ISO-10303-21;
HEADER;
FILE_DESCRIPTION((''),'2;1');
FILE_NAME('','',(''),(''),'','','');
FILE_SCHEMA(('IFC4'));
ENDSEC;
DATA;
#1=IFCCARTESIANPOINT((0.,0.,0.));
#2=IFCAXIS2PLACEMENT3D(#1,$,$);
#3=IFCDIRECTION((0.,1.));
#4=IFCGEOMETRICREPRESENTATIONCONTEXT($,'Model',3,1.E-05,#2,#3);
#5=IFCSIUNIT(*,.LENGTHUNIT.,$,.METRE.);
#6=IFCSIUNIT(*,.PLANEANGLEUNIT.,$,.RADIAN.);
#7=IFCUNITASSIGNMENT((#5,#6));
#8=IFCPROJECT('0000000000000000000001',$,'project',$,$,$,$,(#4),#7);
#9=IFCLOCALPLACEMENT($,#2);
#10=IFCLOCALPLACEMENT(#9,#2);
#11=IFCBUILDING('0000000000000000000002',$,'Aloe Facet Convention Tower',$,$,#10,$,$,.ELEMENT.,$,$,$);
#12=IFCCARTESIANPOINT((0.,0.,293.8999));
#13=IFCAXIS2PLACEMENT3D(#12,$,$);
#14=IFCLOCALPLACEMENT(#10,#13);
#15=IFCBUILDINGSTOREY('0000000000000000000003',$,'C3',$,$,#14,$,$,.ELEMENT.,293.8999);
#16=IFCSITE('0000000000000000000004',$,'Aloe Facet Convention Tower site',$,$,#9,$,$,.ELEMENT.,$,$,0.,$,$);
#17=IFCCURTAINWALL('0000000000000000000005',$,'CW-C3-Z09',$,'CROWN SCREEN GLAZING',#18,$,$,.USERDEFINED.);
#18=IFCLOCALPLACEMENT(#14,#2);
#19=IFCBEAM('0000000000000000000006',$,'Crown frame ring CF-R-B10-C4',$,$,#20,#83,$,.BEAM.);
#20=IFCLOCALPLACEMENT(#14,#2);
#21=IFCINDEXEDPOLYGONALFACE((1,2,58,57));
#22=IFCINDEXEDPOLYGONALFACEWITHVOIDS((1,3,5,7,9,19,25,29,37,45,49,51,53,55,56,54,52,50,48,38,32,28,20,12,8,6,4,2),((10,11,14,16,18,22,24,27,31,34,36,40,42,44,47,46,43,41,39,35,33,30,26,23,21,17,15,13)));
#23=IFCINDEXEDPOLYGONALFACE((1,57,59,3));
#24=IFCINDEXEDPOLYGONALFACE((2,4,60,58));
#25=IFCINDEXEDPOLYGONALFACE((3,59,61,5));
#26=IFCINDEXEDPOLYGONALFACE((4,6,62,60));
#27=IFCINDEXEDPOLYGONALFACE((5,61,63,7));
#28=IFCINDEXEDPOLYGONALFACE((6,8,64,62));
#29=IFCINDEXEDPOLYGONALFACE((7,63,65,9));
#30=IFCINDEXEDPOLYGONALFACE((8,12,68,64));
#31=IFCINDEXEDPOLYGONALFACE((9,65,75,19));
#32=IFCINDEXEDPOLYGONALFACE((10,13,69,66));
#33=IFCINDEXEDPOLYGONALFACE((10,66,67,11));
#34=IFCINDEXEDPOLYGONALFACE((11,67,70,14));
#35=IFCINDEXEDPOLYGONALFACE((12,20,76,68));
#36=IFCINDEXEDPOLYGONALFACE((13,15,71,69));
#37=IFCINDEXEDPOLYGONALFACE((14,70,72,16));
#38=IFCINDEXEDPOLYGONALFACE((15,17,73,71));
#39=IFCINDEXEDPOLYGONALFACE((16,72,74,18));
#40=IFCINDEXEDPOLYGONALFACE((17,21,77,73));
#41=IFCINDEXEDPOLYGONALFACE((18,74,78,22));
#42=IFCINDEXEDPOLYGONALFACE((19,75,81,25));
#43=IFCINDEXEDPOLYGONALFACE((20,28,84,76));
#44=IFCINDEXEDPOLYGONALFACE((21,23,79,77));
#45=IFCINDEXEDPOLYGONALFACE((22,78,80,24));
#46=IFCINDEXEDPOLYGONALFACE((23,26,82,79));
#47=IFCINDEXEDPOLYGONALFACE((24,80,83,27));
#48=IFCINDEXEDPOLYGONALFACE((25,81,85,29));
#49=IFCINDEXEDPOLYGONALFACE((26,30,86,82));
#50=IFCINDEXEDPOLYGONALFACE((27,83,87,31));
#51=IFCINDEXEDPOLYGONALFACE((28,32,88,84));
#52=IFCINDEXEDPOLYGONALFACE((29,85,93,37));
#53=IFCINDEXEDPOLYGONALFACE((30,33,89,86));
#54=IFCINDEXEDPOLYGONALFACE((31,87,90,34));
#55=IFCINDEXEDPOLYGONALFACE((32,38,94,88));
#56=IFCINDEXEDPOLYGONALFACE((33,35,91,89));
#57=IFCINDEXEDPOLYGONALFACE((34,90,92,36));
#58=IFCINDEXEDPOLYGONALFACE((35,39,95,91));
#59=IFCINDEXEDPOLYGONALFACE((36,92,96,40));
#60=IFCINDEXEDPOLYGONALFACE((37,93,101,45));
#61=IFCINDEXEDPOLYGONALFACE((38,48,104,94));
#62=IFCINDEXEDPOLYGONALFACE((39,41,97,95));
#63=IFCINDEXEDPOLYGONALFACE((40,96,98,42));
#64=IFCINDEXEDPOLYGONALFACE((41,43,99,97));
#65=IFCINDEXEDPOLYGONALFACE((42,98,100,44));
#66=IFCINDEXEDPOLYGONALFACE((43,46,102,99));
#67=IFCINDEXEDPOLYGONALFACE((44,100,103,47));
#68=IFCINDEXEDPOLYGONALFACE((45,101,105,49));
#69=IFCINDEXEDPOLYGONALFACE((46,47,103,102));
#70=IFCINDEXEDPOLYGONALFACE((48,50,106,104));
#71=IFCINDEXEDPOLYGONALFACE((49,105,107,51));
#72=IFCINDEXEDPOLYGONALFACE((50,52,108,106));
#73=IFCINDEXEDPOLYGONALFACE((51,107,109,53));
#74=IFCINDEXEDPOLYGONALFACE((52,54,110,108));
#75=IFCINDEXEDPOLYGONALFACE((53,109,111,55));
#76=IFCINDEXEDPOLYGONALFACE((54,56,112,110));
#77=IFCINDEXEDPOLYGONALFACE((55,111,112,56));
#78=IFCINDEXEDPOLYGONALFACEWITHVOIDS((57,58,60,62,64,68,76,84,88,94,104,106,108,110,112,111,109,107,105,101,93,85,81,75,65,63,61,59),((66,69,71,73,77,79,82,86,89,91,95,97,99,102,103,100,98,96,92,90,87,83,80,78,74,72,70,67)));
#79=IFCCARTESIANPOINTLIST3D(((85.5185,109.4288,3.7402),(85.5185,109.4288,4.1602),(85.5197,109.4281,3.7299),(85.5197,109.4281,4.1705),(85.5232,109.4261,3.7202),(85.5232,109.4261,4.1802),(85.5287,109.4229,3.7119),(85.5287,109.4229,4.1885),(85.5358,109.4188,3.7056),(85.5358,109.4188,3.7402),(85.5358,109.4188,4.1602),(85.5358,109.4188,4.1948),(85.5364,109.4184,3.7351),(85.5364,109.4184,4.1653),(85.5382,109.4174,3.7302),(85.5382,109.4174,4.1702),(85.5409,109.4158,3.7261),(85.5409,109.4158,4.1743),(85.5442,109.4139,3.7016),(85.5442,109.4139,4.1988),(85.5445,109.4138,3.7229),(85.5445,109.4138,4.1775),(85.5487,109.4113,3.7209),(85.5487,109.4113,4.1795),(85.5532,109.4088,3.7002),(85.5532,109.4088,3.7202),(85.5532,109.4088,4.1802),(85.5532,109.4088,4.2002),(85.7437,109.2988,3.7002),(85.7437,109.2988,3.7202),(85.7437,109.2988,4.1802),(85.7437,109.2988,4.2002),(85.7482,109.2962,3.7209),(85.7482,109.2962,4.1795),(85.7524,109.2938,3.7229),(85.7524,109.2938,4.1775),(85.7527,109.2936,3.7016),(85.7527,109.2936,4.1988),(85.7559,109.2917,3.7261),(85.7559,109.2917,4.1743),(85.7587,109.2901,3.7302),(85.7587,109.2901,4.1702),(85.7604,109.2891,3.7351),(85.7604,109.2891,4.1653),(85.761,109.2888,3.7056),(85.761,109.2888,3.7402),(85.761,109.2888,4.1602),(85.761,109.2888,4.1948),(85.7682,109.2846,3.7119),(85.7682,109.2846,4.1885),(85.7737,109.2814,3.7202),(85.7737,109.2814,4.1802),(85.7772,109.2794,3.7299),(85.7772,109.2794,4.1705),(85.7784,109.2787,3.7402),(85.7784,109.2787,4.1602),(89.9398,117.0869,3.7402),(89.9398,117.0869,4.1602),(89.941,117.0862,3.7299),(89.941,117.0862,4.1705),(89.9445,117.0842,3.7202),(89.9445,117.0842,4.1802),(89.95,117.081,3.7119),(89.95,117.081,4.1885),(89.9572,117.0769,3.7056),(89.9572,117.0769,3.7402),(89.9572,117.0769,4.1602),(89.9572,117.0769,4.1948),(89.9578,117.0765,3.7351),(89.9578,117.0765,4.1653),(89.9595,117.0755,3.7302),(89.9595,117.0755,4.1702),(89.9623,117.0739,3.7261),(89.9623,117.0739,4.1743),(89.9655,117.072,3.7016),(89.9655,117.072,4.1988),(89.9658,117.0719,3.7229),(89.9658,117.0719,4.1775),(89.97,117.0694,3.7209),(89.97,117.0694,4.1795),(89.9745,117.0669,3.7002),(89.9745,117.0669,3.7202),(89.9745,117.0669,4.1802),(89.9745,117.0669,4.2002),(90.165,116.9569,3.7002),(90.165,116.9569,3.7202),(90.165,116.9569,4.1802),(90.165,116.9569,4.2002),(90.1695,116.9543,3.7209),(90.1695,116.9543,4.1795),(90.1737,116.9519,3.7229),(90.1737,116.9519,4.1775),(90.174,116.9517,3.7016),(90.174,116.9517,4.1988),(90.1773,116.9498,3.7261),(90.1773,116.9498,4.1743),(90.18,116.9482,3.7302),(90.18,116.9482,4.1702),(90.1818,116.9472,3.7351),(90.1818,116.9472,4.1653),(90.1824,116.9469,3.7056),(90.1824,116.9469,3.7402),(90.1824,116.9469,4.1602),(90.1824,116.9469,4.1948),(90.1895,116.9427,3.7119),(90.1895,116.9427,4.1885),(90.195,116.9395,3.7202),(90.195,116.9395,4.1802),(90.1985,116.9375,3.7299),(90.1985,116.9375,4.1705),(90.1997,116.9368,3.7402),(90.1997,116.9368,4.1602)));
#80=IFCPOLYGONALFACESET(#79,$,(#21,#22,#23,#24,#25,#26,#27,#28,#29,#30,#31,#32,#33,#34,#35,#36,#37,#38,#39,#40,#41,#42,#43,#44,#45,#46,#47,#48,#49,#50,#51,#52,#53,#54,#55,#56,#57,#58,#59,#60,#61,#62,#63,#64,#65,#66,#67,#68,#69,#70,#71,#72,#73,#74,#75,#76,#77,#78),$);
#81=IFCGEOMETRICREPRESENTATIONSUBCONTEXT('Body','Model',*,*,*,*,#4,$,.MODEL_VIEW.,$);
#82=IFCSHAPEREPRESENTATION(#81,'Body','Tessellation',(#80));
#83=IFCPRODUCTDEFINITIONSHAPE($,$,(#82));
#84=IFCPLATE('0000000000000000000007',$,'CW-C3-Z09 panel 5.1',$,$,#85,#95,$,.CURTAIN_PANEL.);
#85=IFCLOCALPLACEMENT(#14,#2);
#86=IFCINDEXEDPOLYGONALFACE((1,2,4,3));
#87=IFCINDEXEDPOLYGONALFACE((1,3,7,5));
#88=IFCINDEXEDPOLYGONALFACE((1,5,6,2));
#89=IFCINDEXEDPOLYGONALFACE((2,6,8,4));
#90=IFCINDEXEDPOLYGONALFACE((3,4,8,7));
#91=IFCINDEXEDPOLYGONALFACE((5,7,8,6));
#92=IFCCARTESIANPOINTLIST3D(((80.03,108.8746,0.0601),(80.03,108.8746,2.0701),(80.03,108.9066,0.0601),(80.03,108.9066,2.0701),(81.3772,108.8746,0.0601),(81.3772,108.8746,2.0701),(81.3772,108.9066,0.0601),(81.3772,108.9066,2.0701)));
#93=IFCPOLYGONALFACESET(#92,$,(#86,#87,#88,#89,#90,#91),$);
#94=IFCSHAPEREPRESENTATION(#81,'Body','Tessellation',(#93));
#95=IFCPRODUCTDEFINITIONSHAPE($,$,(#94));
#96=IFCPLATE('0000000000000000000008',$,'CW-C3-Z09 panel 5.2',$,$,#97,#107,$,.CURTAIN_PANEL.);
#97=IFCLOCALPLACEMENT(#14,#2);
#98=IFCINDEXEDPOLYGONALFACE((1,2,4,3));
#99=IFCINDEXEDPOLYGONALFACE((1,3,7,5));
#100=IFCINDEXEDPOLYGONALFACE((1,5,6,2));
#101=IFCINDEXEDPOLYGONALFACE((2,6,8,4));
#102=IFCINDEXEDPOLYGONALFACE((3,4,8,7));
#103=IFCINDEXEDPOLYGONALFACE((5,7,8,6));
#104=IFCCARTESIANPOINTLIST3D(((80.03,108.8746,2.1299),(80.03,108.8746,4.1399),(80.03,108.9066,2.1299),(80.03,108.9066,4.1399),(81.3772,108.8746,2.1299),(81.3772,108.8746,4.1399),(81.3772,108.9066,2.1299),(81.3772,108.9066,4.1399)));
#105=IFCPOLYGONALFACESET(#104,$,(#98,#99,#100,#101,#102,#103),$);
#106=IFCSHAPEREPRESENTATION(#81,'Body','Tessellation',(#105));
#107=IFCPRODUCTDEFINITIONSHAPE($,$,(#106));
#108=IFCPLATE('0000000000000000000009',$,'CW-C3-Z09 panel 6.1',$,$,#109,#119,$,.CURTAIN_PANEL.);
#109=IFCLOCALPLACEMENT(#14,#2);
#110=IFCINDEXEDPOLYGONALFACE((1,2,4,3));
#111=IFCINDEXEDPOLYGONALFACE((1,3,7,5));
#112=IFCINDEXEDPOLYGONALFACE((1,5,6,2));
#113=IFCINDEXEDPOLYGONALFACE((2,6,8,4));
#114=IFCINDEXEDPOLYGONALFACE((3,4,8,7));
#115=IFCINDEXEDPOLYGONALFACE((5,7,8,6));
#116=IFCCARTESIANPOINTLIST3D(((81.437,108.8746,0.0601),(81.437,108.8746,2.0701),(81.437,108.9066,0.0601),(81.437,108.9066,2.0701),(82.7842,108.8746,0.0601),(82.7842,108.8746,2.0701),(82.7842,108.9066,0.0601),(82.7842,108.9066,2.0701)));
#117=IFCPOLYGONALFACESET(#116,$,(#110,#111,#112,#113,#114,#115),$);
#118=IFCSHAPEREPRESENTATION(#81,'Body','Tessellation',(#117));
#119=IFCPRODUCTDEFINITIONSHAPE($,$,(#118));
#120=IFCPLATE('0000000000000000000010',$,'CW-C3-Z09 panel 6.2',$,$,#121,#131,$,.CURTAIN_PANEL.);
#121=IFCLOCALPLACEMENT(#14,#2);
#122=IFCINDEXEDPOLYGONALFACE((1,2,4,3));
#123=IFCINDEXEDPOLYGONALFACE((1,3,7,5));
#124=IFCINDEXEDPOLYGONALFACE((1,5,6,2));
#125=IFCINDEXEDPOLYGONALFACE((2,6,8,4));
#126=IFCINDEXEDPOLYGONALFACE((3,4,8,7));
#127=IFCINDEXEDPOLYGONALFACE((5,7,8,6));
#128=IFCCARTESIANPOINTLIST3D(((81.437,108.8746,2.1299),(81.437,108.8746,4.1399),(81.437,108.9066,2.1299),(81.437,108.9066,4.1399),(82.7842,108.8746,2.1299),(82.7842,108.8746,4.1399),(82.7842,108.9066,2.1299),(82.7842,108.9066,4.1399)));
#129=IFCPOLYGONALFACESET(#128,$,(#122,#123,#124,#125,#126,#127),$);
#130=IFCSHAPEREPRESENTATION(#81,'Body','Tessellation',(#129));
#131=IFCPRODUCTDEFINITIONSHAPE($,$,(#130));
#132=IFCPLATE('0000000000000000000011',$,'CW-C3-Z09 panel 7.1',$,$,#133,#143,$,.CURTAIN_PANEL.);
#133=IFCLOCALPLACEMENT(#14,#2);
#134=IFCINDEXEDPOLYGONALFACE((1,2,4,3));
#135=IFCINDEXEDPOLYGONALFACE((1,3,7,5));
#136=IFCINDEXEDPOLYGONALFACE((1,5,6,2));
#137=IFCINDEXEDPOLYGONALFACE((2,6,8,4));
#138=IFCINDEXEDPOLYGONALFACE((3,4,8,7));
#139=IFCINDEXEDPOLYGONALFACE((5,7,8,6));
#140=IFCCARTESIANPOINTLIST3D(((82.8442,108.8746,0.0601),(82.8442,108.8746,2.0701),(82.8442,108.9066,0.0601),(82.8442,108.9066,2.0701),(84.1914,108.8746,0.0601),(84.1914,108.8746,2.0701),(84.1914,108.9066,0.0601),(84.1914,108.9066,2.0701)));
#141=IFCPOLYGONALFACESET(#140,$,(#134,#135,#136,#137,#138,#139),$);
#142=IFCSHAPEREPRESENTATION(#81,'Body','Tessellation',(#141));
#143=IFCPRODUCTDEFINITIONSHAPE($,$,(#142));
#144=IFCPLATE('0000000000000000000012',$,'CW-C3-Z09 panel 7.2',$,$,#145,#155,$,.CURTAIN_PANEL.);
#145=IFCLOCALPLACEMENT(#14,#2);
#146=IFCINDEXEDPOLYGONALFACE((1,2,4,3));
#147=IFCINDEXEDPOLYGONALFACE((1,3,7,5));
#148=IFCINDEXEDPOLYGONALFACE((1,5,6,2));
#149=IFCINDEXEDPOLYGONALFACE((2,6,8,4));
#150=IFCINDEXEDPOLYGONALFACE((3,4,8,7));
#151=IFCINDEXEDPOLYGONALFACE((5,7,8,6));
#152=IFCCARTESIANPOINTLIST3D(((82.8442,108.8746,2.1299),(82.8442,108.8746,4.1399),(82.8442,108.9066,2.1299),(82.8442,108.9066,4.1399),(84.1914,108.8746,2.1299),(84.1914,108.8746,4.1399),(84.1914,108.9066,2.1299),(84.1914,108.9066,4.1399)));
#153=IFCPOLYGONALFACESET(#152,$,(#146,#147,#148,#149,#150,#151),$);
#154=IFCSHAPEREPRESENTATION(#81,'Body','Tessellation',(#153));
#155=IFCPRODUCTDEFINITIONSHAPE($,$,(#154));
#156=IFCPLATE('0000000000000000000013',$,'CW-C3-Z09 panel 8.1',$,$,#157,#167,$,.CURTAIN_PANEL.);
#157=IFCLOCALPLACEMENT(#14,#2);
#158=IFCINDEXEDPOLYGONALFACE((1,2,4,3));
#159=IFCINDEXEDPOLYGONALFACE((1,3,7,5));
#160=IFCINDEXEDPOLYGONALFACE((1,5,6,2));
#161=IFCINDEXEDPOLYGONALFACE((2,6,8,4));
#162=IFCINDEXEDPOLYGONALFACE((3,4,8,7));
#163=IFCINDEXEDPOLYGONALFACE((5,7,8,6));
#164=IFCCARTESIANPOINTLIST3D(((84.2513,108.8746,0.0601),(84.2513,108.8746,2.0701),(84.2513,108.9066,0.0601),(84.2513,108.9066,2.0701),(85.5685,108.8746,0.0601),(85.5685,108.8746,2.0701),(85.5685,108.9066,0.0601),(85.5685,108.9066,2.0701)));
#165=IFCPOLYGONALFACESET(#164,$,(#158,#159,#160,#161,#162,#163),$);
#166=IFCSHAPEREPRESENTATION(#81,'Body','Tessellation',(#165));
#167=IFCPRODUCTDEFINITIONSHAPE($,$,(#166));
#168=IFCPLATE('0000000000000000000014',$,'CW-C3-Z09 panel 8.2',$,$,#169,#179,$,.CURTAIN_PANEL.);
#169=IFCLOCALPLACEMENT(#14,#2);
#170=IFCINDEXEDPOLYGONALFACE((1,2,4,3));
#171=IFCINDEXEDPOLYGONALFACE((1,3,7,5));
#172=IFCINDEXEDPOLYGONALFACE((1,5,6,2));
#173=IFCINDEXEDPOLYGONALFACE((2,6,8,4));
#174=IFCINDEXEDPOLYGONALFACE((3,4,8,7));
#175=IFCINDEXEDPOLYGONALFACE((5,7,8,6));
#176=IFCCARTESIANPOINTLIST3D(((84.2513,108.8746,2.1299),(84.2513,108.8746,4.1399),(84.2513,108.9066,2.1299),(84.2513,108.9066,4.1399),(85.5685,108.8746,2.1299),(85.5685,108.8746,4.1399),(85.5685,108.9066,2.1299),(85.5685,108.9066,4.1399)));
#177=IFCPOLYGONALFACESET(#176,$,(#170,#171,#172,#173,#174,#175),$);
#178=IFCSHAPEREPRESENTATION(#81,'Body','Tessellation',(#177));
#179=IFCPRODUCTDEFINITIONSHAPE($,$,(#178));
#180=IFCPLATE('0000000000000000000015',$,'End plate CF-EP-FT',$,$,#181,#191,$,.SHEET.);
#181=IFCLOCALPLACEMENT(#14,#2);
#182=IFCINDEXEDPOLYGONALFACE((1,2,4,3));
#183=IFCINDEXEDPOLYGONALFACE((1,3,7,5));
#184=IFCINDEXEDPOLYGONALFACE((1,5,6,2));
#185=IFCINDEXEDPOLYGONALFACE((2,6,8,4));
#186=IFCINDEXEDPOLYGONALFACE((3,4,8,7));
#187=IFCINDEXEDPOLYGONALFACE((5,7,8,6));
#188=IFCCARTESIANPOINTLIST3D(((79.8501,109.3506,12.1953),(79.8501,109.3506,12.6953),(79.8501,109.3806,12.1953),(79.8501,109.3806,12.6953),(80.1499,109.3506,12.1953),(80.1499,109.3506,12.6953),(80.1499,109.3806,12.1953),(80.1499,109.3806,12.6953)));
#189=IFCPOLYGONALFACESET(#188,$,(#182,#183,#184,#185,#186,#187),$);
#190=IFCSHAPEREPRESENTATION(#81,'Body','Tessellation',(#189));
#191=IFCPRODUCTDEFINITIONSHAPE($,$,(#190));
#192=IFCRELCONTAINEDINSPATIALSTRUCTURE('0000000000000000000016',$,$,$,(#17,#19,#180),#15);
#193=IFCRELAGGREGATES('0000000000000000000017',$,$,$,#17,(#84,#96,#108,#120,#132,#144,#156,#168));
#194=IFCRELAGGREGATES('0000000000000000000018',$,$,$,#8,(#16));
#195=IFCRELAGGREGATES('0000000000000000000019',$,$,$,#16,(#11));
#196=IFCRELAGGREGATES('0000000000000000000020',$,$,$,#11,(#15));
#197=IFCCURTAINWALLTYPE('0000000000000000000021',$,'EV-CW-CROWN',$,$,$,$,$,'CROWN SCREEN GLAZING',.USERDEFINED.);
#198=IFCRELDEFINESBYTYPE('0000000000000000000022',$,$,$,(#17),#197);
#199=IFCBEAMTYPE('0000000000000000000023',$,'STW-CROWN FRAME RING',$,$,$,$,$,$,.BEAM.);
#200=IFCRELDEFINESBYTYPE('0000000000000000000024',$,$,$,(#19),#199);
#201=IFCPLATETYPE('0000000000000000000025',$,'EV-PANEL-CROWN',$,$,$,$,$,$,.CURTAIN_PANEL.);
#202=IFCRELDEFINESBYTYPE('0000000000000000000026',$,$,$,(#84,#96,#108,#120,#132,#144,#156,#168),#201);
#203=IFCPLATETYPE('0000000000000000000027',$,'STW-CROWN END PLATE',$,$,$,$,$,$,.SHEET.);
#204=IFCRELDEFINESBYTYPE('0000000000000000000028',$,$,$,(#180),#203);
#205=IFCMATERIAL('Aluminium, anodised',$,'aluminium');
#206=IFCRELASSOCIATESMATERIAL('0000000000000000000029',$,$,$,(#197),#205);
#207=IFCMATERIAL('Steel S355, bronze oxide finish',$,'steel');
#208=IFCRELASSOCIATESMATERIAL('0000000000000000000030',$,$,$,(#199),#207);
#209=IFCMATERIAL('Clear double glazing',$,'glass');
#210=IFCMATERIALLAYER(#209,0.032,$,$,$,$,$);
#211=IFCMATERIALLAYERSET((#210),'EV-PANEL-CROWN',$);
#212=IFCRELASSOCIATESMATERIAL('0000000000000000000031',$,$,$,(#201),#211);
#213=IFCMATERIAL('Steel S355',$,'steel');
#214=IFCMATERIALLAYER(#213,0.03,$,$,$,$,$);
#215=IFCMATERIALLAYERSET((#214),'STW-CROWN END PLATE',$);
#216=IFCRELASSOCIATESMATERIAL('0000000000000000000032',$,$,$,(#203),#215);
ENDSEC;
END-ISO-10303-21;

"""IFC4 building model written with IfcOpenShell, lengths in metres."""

from ifc_helpers import new_model, si_unit, direction, frame, origin, origin_2d, place, context, subcontext, project, spatial, polyline, rectangle, hollow_rectangle, outline, extrude, material, layer, layer_set, material_profile, profile_set, type_object, element, aggregate, save


model = new_model("IFC4")

# Units and contexts
model_context = context("Model", 3, precision=1e-05, world=origin(), true_north=direction((0.0, 1.0)))
body_context = subcontext(model_context, "Body", "Model", "MODEL_VIEW")
ifc_project = project(units=[si_unit("LENGTHUNIT", "METRE"), si_unit("PLANEANGLEUNIT", "RADIAN")], contexts=[model_context])

# Site, building, storey
site_placement = place(None, origin())
site = spatial("IfcSite", under=ifc_project, at=site_placement, Name="Aloe Facet Convention Tower site", CompositionType="ELEMENT", RefElevation=0.0)
building_placement = place(site_placement, origin())
building = spatial("IfcBuilding", under=site, at=building_placement, Name="Aloe Facet Convention Tower", CompositionType="ELEMENT")
storey_placement = place(building_placement, frame((0.0, 0.0, 293.8999)))
storey = spatial("IfcBuildingStorey", under=building, at=storey_placement, Name="C3", CompositionType="ELEMENT", Elevation=293.8999)

# Curtain wall
ifc_material_1 = material(Name="Aluminium, anodised", Category="aluminium")
curtain_wall_type = type_object("IfcCurtainWallType", Name="EV-CW-CROWN", ElementType="CROWN SCREEN GLAZING", PredefinedType="USERDEFINED", material=ifc_material_1)
curtain_wall_placement = place(storey_placement, origin())
curtain_wall = element("IfcCurtainWall", 1, at=curtain_wall_placement, inside=storey, type_object=curtain_wall_type, Name="CW-C3-Z09", ObjectType="CROWN SCREEN GLAZING", PredefinedType="USERDEFINED")

# Beam
ifc_material_2 = material(Name="Steel S355, bronze oxide finish", Category="steel")
ifc_material_profile_1 = material_profile(ifc_material_2, hollow_rectangle(XDim=0.3, YDim=0.5, WallThickness=0.02, InnerFilletRadius=0.02, OuterFilletRadius=0.04, at=origin_2d()), Name="RHS 500x300x20")
ifc_profile_set_1 = profile_set([ifc_material_profile_1], Name="Steel S355, bronze oxide finish")
beam_type = type_object("IfcBeamType", Name="STW-CROWN FRAME RING", PredefinedType="BEAM", material=ifc_profile_set_1)
beam_1_placement = place(storey_placement, frame((85.6484, 109.3538, 3.9502), z_axis=(0.499993, 0.866029, 0.0), x_axis=(-0.866029, 0.499993, 0.0)))
element("IfcBeam", 2, at=beam_1_placement, inside=storey, type_object=beam_type, Name="Crown frame ring CF-R-B10-C4", PredefinedType="BEAM", context=body_context, shape_type="SweptSolid", body=[
    extrude(hollow_rectangle(XDim=0.3, YDim=0.5, WallThickness=0.02, InnerFilletRadius=0.02, OuterFilletRadius=0.04, at=origin_2d()), origin(), (0.0, 0.0, 1.0), 8.8428),
])

# Plates
ifc_material_3 = material(Name="Clear double glazing", Category="glass")
ifc_layer_1 = layer(ifc_material_3, 0.032)
ifc_layer_set_1 = layer_set([ifc_layer_1], Name="EV-PANEL-CROWN")
plate_type_1 = type_object("IfcPlateType", Name="EV-PANEL-CROWN", PredefinedType="CURTAIN_PANEL", material=ifc_layer_set_1)
plate_1_placement = place(storey_placement, frame((80.7036, 108.8906, 0.0601), z_axis=(0.0, 0.0, 1.0), x_axis=(1.0, 0.0, 0.0)))
plate_1 = element("IfcPlate", 3, at=plate_1_placement, type_object=plate_type_1, Name="CW-C3-Z09 panel 5.1", PredefinedType="CURTAIN_PANEL", context=body_context, shape_type="SweptSolid", body=[
    extrude(rectangle(XDim=1.3472, YDim=0.032, at=origin_2d()), origin(), (0.0, 0.0, 1.0), 2.01),
])
plate_2_placement = place(storey_placement, frame((80.7036, 108.8906, 2.1299), z_axis=(0.0, 0.0, 1.0), x_axis=(1.0, 0.0, 0.0)))
plate_2 = element("IfcPlate", 4, at=plate_2_placement, type_object=plate_type_1, Name="CW-C3-Z09 panel 5.2", PredefinedType="CURTAIN_PANEL", context=body_context, shape_type="SweptSolid", body=[
    extrude(rectangle(XDim=1.3472, YDim=0.032, at=origin_2d()), origin(), (0.0, 0.0, 1.0), 2.01),
])
plate_3_placement = place(storey_placement, frame((82.1106, 108.8906, 0.0601), z_axis=(0.0, 0.0, 1.0), x_axis=(1.0, 0.0, 0.0)))
plate_3 = element("IfcPlate", 5, at=plate_3_placement, type_object=plate_type_1, Name="CW-C3-Z09 panel 6.1", PredefinedType="CURTAIN_PANEL", context=body_context, shape_type="SweptSolid", body=[
    extrude(rectangle(XDim=1.3472, YDim=0.032, at=origin_2d()), origin(), (0.0, 0.0, 1.0), 2.01),
])
plate_4_placement = place(storey_placement, frame((82.1106, 108.8906, 2.1299), z_axis=(0.0, 0.0, 1.0), x_axis=(1.0, 0.0, 0.0)))
plate_4 = element("IfcPlate", 6, at=plate_4_placement, type_object=plate_type_1, Name="CW-C3-Z09 panel 6.2", PredefinedType="CURTAIN_PANEL", context=body_context, shape_type="SweptSolid", body=[
    extrude(rectangle(XDim=1.3472, YDim=0.032, at=origin_2d()), origin(), (0.0, 0.0, 1.0), 2.01),
])
plate_5_placement = place(storey_placement, frame((83.5178, 108.8906, 0.0601), z_axis=(0.0, 0.0, 1.0), x_axis=(1.0, 0.0, 0.0)))
plate_5 = element("IfcPlate", 7, at=plate_5_placement, type_object=plate_type_1, Name="CW-C3-Z09 panel 7.1", PredefinedType="CURTAIN_PANEL", context=body_context, shape_type="SweptSolid", body=[
    extrude(rectangle(XDim=1.3472, YDim=0.032, at=origin_2d()), origin(), (0.0, 0.0, 1.0), 2.01),
])
plate_6_placement = place(storey_placement, frame((83.5178, 108.8906, 2.1299), z_axis=(0.0, 0.0, 1.0), x_axis=(1.0, 0.0, 0.0)))
plate_6 = element("IfcPlate", 8, at=plate_6_placement, type_object=plate_type_1, Name="CW-C3-Z09 panel 7.2", PredefinedType="CURTAIN_PANEL", context=body_context, shape_type="SweptSolid", body=[
    extrude(rectangle(XDim=1.3472, YDim=0.032, at=origin_2d()), origin(), (0.0, 0.0, 1.0), 2.01),
])
plate_7_placement = place(storey_placement, frame((84.9099, 108.8906, 0.0601), z_axis=(0.0, 0.0, 1.0), x_axis=(1.0, 0.0, 0.0)))
plate_7 = element("IfcPlate", 9, at=plate_7_placement, type_object=plate_type_1, Name="CW-C3-Z09 panel 8.1", PredefinedType="CURTAIN_PANEL", context=body_context, shape_type="SweptSolid", body=[
    extrude(rectangle(XDim=1.3171, YDim=0.032, at=origin_2d()), origin(), (0.0, 0.0, 1.0), 2.01),
])
plate_8_placement = place(storey_placement, frame((84.9099, 108.8906, 2.1299), z_axis=(0.0, 0.0, 1.0), x_axis=(1.0, 0.0, 0.0)))
plate_8 = element("IfcPlate", 10, at=plate_8_placement, type_object=plate_type_1, Name="CW-C3-Z09 panel 8.2", PredefinedType="CURTAIN_PANEL", context=body_context, shape_type="SweptSolid", body=[
    extrude(rectangle(XDim=1.3171, YDim=0.032, at=origin_2d()), origin(), (0.0, 0.0, 1.0), 2.01),
])
aggregate(curtain_wall, [plate_1, plate_2, plate_3, plate_4, plate_5, plate_6, plate_7, plate_8])

# Plate
ifc_material_4 = material(Name="Steel S355", Category="steel")
ifc_layer_2 = layer(ifc_material_4, 0.03)
ifc_layer_set_2 = layer_set([ifc_layer_2], Name="STW-CROWN END PLATE")
plate_type_2 = type_object("IfcPlateType", Name="STW-CROWN END PLATE", PredefinedType="SHEET", material=ifc_layer_set_2)
for number, where, z_axis, x_axis, name in (
    (11, (79.8501, 109.3806, 12.6953), (0.0, 1.0, 0.0), (1.0, 0.0, 0.0), "End plate CF-EP-FT"),
):
    element("IfcPlate", number, at=place(storey_placement, frame(where, z_axis=z_axis, x_axis=x_axis)), inside=storey, type_object=plate_type_2, Name=name, PredefinedType="SHEET", context=body_context, shape_type="SweptSolid", body=[
        extrude(outline(polyline([(0.0, 0.0), (0.2998, 0.0), (0.2998, 0.5), (0.0, 0.5), (0.0, 0.0)])), origin(), (0.0, 0.0, -1.0), 0.03),
    ])

save(model, "model.ifc")
